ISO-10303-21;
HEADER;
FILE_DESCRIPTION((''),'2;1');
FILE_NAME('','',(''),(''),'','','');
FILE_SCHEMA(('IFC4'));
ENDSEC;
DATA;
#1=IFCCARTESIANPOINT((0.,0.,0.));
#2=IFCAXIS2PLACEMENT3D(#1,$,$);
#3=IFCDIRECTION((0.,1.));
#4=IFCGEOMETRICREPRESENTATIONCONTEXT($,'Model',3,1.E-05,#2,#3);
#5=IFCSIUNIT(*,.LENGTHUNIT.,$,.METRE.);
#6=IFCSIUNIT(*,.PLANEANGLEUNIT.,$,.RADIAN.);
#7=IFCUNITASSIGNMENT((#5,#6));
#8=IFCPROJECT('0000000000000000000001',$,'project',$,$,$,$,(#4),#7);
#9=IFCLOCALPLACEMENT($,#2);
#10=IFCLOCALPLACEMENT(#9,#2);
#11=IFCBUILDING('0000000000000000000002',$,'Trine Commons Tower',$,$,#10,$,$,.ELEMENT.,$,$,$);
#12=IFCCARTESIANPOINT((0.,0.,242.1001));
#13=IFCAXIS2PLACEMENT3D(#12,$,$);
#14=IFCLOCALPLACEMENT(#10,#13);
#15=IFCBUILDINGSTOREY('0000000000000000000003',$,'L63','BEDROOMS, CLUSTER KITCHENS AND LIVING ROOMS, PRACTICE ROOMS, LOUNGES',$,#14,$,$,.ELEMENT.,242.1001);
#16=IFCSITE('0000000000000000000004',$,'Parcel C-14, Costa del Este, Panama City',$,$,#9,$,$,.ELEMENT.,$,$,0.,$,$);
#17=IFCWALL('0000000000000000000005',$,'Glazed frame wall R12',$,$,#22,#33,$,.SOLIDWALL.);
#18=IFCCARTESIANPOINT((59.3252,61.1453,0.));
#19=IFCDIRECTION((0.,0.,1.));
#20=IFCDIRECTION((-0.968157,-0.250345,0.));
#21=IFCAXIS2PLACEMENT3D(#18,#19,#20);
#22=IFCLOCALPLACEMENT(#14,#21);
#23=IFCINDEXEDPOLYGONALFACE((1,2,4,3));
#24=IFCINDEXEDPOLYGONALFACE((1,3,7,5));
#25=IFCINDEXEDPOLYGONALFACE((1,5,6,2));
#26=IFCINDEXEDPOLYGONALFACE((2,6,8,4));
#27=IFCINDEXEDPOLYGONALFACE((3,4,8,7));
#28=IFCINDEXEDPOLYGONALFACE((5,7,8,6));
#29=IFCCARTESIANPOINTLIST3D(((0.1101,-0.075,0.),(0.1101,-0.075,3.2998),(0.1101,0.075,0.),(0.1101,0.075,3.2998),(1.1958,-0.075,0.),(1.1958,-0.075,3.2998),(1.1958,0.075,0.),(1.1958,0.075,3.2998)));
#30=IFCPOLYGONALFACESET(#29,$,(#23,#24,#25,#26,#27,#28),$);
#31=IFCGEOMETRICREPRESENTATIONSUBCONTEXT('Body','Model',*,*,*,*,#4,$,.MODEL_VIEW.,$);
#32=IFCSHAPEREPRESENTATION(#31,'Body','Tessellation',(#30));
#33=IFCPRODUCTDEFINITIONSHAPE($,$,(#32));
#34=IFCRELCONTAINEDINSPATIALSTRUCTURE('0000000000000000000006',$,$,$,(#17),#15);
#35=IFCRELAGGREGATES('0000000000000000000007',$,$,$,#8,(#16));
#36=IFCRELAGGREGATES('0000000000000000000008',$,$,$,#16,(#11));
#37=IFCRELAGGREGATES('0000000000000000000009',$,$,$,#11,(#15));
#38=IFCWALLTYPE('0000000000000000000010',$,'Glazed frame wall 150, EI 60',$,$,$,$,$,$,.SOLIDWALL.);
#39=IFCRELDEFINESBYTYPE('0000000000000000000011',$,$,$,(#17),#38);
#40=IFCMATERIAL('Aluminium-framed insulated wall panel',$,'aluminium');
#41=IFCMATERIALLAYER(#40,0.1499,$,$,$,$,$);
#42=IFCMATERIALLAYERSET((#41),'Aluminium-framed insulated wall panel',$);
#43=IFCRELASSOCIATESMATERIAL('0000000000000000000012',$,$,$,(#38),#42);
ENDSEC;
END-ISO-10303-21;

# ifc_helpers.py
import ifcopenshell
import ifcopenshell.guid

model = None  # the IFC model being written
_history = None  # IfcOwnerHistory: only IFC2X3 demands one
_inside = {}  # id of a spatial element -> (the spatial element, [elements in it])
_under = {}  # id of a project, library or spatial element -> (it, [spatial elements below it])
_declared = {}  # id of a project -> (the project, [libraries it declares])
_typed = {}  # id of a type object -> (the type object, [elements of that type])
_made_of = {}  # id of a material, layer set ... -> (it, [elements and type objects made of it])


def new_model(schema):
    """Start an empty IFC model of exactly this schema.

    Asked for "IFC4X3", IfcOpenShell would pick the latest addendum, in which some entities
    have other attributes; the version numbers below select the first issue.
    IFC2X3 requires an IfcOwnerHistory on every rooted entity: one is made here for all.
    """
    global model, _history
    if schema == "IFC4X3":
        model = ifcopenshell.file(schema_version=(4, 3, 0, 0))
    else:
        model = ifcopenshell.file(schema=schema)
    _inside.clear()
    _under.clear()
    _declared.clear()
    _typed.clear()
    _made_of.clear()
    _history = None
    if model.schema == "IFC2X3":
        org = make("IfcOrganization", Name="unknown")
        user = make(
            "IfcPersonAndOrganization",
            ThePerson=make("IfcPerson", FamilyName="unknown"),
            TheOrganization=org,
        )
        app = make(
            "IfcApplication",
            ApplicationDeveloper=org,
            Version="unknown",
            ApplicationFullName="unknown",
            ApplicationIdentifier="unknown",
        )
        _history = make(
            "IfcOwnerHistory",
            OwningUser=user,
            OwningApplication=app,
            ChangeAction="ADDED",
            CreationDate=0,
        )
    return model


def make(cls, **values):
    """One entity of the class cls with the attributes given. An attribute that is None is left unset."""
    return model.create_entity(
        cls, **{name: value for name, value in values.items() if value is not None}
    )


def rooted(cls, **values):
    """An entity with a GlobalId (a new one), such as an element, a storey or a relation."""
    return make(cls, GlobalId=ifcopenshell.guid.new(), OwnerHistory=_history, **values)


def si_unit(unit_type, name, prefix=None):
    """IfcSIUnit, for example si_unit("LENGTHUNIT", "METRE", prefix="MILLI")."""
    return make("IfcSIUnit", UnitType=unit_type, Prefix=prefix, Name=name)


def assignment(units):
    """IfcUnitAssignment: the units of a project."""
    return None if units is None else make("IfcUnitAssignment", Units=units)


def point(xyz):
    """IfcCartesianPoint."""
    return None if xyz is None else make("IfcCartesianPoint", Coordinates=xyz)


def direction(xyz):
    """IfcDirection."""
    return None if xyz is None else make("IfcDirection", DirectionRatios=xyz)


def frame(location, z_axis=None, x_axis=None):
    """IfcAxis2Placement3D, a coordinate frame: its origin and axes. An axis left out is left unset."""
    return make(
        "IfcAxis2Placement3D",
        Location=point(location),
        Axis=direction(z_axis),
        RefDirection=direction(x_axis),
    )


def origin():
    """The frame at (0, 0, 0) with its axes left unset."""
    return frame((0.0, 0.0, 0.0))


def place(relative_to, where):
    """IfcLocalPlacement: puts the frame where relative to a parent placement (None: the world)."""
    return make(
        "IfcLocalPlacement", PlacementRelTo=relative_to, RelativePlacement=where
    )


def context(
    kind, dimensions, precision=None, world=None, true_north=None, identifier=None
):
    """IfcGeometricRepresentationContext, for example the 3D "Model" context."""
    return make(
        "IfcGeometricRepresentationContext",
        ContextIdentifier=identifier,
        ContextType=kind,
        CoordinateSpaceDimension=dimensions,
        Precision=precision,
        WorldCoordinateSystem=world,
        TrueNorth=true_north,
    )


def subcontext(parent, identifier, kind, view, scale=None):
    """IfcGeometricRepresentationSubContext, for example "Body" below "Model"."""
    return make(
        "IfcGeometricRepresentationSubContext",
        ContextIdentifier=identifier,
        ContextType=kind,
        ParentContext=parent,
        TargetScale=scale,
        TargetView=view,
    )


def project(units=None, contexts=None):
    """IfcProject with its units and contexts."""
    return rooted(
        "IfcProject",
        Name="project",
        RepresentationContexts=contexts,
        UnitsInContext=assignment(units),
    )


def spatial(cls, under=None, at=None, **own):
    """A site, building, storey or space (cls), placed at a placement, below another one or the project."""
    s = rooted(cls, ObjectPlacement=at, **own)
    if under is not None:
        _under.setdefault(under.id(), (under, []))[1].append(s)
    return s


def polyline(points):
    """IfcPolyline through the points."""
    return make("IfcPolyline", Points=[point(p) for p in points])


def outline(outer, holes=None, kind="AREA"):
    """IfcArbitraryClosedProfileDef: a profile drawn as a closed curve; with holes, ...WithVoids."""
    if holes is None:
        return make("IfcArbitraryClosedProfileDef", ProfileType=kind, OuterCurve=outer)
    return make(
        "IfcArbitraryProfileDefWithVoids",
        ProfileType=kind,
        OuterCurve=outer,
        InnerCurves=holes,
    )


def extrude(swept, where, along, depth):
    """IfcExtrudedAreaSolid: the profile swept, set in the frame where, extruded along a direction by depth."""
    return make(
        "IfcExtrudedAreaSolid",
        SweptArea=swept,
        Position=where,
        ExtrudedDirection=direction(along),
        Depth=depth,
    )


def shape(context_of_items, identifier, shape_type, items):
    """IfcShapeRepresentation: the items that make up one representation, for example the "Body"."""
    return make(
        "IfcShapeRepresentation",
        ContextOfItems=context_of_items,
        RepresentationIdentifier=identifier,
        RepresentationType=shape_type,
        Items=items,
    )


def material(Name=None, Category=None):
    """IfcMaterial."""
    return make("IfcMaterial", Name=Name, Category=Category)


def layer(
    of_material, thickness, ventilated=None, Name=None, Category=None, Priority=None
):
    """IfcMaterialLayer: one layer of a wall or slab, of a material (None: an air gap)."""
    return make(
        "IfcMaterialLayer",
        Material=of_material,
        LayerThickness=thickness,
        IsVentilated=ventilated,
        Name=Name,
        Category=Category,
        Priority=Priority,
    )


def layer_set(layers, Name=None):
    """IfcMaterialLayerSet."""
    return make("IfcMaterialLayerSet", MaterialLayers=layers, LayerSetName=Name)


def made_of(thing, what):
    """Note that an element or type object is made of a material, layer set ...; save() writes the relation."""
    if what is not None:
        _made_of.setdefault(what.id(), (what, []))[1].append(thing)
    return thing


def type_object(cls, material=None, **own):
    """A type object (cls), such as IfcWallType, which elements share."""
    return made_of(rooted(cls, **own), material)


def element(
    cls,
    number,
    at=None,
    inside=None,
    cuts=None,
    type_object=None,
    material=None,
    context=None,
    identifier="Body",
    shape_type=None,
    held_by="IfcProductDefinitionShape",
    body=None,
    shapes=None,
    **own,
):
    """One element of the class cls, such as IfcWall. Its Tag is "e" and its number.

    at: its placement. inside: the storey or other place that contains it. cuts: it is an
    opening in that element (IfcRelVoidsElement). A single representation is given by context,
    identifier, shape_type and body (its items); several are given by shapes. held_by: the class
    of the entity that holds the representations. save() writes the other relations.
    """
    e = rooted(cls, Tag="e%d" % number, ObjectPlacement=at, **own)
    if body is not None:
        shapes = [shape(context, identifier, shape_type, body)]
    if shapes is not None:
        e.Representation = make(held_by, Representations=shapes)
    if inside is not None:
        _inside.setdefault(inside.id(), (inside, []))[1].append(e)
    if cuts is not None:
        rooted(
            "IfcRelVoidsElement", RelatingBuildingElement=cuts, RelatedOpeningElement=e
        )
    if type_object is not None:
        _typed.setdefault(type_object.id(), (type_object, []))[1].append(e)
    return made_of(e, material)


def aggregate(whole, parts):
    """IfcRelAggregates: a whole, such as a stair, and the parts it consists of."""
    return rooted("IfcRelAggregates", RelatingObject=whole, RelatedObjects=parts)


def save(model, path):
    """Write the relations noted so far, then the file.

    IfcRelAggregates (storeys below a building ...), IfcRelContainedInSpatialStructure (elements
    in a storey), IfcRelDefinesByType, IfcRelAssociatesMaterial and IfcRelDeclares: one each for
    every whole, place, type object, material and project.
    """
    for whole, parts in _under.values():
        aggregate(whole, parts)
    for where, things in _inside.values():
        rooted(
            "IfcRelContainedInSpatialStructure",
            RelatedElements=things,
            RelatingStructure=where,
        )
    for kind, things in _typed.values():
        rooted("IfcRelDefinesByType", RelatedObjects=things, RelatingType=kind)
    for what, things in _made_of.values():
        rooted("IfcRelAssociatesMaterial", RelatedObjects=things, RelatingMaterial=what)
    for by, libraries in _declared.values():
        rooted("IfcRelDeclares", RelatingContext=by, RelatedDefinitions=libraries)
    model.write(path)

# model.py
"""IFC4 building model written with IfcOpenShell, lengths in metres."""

from ifc_helpers import new_model, si_unit, direction, frame, origin, place, context, subcontext, project, spatial, polyline, outline, extrude, material, layer, layer_set, type_object, element, save


model = new_model("IFC4")

# Units and contexts
model_context = context("Model", 3, precision=1e-05, world=origin(), true_north=direction((0.0, 1.0)))
body_context = subcontext(model_context, "Body", "Model", "MODEL_VIEW")
ifc_project = project(units=[si_unit("LENGTHUNIT", "METRE"), si_unit("PLANEANGLEUNIT", "RADIAN")], contexts=[model_context])

# Site, building, storey
site_placement = place(None, origin())
site = spatial("IfcSite", under=ifc_project, at=site_placement, Name="Parcel C-14, Costa del Este, Panama City", CompositionType="ELEMENT", RefElevation=0.0)
building_placement = place(site_placement, origin())
building = spatial("IfcBuilding", under=site, at=building_placement, Name="Trine Commons Tower", CompositionType="ELEMENT")
storey_placement = place(building_placement, frame((0.0, 0.0, 242.1001)))
storey = spatial("IfcBuildingStorey", under=building, at=storey_placement, Name="L63", Description="BEDROOMS, CLUSTER KITCHENS AND LIVING ROOMS, PRACTICE ROOMS, LOUNGES", CompositionType="ELEMENT", Elevation=242.1001)

# Shared definitions
ifc_material_1 = material(Name="Aluminium-framed insulated wall panel", Category="aluminium")
ifc_layer_1 = layer(ifc_material_1, 0.1499)
ifc_layer_set_1 = layer_set([ifc_layer_1], Name="Aluminium-framed insulated wall panel")
wall_type_1 = type_object("IfcWallType", Name="Glazed frame wall 150, EI 60", PredefinedType="SOLIDWALL", material=ifc_layer_set_1)

# Wall
wall_1_placement = place(storey_placement, frame((59.3252, 61.1453, 0.0), z_axis=(0.0, 0.0, 1.0), x_axis=(-0.968157, -0.250345, 0.0)))
element("IfcWall", 1, at=wall_1_placement, inside=storey, type_object=wall_type_1, Name="Glazed frame wall R12", PredefinedType="SOLIDWALL", context=body_context, shape_type="SweptSolid", body=[
    extrude(outline(polyline([(0.1101, 0.075), (0.1101, -0.075), (1.1958, -0.075), (1.1958, 0.075), (0.1101, 0.075)])), origin(), (0.0, 0.0, 1.0), 3.2998),
])

save(model, "model.ifc")
